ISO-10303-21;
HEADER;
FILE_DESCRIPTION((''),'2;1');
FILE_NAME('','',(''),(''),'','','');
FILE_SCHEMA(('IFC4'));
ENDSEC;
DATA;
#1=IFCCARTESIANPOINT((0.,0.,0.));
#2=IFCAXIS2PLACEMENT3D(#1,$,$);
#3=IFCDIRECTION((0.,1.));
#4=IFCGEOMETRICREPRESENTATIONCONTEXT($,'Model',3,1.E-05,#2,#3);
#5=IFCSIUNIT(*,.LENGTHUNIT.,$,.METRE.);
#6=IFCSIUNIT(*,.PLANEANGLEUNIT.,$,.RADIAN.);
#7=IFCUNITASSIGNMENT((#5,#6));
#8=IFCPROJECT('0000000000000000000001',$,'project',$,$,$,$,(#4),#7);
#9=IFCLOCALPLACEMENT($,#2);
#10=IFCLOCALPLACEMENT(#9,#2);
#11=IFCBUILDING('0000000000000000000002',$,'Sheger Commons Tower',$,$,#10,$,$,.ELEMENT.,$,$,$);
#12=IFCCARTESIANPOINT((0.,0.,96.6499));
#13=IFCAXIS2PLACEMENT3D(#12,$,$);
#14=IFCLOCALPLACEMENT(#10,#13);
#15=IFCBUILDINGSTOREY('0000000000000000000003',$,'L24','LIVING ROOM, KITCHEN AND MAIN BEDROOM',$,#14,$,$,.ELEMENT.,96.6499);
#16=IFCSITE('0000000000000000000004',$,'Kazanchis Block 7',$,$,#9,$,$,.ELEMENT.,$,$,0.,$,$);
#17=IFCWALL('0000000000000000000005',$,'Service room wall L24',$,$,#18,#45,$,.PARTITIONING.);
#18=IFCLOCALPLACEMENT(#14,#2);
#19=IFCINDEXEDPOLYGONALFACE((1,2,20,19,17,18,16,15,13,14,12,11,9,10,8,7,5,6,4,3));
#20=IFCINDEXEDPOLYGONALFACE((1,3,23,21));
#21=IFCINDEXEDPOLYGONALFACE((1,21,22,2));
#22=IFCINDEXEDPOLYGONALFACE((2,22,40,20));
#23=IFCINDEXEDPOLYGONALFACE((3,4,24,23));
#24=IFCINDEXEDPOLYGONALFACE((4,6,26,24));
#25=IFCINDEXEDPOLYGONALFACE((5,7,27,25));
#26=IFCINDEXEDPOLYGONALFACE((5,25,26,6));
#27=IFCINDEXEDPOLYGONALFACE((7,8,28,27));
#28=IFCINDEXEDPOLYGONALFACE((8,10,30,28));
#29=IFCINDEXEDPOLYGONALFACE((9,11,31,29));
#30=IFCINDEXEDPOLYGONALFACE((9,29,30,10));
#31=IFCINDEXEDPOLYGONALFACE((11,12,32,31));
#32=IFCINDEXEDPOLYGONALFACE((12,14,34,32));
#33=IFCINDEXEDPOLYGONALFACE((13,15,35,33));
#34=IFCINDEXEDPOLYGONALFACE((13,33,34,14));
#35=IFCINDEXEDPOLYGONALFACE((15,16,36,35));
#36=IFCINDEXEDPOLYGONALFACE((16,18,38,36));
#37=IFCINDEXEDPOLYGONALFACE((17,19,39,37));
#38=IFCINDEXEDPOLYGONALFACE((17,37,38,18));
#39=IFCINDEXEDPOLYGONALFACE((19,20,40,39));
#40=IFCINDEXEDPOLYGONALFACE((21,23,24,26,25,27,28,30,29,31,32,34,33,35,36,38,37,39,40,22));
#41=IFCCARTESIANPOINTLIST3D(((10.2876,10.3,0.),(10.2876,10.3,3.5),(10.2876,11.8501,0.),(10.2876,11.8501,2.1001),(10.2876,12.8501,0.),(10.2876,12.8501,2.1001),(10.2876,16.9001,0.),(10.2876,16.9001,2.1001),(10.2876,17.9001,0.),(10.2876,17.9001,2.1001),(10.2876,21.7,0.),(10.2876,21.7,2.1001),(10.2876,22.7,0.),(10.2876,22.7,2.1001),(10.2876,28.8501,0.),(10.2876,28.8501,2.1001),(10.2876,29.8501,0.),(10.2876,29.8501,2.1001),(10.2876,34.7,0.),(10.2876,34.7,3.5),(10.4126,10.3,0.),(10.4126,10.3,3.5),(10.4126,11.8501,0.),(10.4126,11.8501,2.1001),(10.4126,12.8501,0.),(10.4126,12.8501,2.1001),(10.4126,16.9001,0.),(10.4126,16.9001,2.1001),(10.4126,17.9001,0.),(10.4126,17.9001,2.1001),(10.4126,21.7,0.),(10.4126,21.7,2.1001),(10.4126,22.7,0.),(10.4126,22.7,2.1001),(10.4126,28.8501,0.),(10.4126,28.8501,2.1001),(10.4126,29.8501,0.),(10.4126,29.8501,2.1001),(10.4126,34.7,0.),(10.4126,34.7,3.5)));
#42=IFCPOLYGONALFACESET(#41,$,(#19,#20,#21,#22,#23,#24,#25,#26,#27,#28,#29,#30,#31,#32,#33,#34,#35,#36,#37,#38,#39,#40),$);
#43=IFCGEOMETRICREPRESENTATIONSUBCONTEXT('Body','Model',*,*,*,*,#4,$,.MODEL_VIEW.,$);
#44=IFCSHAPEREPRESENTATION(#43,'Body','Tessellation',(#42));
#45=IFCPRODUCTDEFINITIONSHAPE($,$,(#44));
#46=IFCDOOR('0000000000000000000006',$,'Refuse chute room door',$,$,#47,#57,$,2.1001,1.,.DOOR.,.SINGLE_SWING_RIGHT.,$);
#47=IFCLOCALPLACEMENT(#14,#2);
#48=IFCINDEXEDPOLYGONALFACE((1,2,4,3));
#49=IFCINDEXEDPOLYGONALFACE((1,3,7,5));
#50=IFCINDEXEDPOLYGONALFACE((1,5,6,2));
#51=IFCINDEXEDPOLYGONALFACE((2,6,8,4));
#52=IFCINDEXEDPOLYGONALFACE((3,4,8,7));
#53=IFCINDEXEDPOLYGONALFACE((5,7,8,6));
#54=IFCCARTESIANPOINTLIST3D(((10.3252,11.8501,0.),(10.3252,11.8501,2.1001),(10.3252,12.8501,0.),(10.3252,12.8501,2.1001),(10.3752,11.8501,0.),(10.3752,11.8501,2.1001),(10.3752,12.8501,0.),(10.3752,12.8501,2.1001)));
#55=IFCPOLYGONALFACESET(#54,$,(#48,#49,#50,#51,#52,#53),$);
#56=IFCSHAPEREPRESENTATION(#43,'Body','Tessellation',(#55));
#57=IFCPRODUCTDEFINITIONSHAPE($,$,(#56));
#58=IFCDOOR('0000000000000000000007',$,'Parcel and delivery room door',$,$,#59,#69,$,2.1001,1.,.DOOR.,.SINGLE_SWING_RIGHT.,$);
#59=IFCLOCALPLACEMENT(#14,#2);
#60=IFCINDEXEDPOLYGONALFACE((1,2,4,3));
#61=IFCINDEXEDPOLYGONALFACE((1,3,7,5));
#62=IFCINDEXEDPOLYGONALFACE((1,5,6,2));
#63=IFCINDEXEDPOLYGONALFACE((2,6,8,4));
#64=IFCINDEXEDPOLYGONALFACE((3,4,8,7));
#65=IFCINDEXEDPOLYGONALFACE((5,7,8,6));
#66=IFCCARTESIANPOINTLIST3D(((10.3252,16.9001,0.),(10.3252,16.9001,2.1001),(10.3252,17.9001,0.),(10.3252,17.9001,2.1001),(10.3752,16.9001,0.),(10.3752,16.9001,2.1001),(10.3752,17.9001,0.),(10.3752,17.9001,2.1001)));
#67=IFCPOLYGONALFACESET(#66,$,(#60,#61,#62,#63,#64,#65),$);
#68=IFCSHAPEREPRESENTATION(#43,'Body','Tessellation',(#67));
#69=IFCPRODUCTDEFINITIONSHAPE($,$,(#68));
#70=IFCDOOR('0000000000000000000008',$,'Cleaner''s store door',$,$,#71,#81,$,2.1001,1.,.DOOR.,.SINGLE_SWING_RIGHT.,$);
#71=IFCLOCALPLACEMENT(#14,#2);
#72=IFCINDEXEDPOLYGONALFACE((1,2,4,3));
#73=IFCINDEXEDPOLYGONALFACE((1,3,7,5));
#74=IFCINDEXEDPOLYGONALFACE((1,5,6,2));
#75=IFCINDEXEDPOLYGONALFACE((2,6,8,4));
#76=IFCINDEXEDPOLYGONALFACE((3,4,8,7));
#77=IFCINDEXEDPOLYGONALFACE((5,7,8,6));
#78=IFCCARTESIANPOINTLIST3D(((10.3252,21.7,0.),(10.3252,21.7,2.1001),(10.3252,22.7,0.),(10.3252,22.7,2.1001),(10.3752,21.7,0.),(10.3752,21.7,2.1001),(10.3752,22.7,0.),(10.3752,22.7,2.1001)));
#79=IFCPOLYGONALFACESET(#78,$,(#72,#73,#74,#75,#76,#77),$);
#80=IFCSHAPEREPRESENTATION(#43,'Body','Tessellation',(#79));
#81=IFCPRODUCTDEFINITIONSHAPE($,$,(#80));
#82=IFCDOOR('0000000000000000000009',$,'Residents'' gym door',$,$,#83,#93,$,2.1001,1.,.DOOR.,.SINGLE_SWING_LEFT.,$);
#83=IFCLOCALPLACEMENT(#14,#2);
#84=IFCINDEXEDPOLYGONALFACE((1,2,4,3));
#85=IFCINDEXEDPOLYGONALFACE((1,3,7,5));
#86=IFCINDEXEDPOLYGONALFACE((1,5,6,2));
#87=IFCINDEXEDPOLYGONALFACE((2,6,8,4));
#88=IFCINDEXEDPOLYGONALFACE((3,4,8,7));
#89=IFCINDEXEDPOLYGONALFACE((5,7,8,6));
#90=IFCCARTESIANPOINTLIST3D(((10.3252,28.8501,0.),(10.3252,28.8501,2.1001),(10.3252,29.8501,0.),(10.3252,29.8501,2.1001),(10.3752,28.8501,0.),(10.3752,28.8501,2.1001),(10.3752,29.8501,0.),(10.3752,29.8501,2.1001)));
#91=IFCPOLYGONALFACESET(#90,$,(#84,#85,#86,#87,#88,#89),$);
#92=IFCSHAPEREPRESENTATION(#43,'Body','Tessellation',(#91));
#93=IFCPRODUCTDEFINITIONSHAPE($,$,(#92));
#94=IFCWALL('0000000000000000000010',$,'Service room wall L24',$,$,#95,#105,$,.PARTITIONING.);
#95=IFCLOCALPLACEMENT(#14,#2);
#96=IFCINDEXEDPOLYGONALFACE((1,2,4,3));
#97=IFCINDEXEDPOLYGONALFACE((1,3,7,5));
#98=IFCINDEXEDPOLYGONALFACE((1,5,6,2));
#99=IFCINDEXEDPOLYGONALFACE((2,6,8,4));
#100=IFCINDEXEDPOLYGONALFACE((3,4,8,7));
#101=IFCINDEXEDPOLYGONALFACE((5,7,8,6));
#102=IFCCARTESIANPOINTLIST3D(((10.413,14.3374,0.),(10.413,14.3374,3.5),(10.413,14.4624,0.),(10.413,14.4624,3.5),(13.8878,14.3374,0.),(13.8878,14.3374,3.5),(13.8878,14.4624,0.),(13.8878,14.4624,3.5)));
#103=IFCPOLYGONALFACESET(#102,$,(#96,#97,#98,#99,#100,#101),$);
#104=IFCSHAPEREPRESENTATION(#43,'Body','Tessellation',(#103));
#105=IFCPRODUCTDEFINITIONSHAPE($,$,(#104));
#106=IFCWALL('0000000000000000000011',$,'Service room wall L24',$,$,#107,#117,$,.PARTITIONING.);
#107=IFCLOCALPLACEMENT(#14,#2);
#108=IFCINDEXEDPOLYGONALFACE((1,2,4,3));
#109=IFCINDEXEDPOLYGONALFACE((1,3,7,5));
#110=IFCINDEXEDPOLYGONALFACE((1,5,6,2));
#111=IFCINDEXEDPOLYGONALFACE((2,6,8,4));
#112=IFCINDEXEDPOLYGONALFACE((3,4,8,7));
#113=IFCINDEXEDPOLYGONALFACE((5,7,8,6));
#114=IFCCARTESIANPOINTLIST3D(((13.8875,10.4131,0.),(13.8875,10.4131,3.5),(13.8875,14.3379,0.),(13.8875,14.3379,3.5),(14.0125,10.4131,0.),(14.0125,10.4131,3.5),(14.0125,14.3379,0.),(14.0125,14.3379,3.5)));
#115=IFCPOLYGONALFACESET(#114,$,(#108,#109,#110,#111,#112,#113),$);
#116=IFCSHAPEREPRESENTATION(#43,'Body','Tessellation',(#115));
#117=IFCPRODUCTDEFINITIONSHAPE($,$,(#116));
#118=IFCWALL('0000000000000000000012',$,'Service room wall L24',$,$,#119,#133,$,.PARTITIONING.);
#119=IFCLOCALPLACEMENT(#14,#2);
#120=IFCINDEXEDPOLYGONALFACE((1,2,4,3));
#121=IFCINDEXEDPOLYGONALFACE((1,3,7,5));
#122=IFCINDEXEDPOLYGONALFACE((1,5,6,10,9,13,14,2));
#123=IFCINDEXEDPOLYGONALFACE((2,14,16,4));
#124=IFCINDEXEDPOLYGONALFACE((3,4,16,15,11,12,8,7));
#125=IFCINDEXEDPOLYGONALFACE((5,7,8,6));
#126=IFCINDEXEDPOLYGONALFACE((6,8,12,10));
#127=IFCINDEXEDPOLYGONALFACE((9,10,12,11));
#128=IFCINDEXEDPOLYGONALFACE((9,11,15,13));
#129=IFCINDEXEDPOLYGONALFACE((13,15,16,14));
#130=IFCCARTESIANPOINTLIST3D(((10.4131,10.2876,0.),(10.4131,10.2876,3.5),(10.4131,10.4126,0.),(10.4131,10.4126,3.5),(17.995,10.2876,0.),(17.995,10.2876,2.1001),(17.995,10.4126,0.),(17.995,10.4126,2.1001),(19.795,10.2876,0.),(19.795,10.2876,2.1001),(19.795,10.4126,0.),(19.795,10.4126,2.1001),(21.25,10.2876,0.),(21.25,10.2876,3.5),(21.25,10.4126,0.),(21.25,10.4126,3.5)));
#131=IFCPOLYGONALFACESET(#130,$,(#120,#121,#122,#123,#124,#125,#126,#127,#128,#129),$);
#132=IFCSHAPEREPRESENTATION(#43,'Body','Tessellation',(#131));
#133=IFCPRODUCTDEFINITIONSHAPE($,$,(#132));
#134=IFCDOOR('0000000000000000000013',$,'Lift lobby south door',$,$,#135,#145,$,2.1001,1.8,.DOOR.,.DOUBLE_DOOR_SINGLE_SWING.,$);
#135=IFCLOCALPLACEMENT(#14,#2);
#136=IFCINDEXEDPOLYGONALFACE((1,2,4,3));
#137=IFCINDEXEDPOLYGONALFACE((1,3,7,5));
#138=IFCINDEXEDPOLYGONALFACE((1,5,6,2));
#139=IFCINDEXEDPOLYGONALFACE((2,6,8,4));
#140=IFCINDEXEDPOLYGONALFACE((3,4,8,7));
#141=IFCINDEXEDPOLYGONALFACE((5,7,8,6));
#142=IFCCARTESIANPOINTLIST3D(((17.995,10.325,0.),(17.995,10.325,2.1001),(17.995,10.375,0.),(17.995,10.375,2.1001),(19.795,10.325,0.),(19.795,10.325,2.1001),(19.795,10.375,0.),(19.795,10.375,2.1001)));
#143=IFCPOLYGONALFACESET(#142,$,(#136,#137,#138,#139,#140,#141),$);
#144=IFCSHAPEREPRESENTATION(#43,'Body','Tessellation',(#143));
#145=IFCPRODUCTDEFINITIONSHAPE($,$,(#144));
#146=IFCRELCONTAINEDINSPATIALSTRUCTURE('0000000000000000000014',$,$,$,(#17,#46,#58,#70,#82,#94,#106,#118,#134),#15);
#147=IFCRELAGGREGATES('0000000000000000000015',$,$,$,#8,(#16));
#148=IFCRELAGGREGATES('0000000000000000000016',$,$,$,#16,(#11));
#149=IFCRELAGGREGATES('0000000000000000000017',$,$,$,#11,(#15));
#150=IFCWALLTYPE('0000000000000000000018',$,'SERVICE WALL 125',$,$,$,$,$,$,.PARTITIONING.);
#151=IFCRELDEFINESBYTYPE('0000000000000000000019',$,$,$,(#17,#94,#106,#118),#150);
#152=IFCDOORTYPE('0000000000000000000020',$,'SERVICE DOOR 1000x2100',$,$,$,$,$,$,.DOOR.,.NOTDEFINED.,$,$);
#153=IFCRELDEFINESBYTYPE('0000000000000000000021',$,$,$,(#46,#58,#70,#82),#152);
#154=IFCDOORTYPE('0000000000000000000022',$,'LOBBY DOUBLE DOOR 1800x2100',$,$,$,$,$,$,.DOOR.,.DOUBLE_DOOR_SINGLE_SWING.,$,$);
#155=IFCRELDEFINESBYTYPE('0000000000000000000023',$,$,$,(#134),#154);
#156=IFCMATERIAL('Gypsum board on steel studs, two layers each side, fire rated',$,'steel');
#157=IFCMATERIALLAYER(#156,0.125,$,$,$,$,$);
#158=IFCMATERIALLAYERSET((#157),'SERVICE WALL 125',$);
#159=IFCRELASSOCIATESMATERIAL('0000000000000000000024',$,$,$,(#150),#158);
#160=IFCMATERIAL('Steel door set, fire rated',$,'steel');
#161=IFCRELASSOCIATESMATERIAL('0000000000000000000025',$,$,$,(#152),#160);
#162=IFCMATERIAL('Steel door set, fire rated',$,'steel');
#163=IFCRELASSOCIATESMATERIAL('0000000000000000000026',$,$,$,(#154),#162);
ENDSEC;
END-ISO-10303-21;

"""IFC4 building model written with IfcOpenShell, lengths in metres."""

from ifc_helpers import new_model, si_unit, direction, frame, frame_2d, origin, place, context, subcontext, project, spatial, rectangle, extrude, material, layer, layer_set, type_object, element, fill, save


model = new_model("IFC4")

# Units and contexts
model_context = context("Model", 3, precision=1e-05, world=origin(), true_north=direction((0.0, 1.0)))
body_context = subcontext(model_context, "Body", "Model", "MODEL_VIEW")
ifc_project = project(units=[si_unit("LENGTHUNIT", "METRE"), si_unit("PLANEANGLEUNIT", "RADIAN")], contexts=[model_context])

# Site, building, storey
site_placement = place(None, origin())
site = spatial("IfcSite", under=ifc_project, at=site_placement, Name="Kazanchis Block 7", CompositionType="ELEMENT", RefElevation=0.0)
building_placement = place(site_placement, origin())
building = spatial("IfcBuilding", under=site, at=building_placement, Name="Sheger Commons Tower", CompositionType="ELEMENT")
storey_placement = place(building_placement, frame((0.0, 0.0, 96.6499)))
storey = spatial("IfcBuildingStorey", under=building, at=storey_placement, Name="L24", Description="LIVING ROOM, KITCHEN AND MAIN BEDROOM", CompositionType="ELEMENT", Elevation=96.6499)

# Wall, openings, doors
ifc_material_1 = material(Name="Gypsum board on steel studs, two layers each side, fire rated", Category="steel")
ifc_layer_1 = layer(ifc_material_1, 0.125)
ifc_layer_set_1 = layer_set([ifc_layer_1], Name="SERVICE WALL 125")
wall_type_1 = type_object("IfcWallType", Name="SERVICE WALL 125", PredefinedType="PARTITIONING", material=ifc_layer_set_1)
wall_1_placement = place(storey_placement, frame((10.3501, 10.3, 0.0), z_axis=(0.0, 0.0, 1.0), x_axis=(0.0, 1.0, 0.0)))
wall_1 = element("IfcWall", 1, at=wall_1_placement, inside=storey, type_object=wall_type_1, Name="Service room wall L24", PredefinedType="PARTITIONING", context=body_context, shape_type="SweptSolid", body=[
    extrude(rectangle(XDim=24.3999, YDim=0.125, at=frame_2d((12.2, 0.0))), origin(), (0.0, 0.0, 1.0), 3.5),
])
opening_1_placement = place(wall_1_placement, frame((1.55, 0.0, 0.0)))
opening_1 = element("IfcOpeningElement", 2, at=opening_1_placement, cuts=wall_1, PredefinedType="OPENING", context=body_context, shape_type="SweptSolid", body=[
    extrude(rectangle(XDim=1.0, YDim=2.1001, at=frame_2d((0.5, 1.05))), frame((0.0, 0.0725, 0.0), z_axis=(0.0, -1.0, 0.0), x_axis=(1.0, 0.0, 0.0)), (0.0, 0.0, 1.0), 0.145),
])
opening_2_placement = place(wall_1_placement, frame((6.6001, 0.0, 0.0)))
opening_2 = element("IfcOpeningElement", 3, at=opening_2_placement, cuts=wall_1, PredefinedType="OPENING", context=body_context, shape_type="SweptSolid", body=[
    extrude(rectangle(XDim=1.0, YDim=2.1001, at=frame_2d((0.5, 1.05))), frame((0.0, 0.0725, 0.0), z_axis=(0.0, -1.0, 0.0), x_axis=(1.0, 0.0, 0.0)), (0.0, 0.0, 1.0), 0.145),
])
opening_3_placement = place(wall_1_placement, frame((11.3999, 0.0, 0.0)))
opening_3 = element("IfcOpeningElement", 4, at=opening_3_placement, cuts=wall_1, PredefinedType="OPENING", context=body_context, shape_type="SweptSolid", body=[
    extrude(rectangle(XDim=1.0, YDim=2.1001, at=frame_2d((0.5, 1.05))), frame((0.0, 0.0725, 0.0), z_axis=(0.0, -1.0, 0.0), x_axis=(1.0, 0.0, 0.0)), (0.0, 0.0, 1.0), 0.145),
])
opening_4_placement = place(wall_1_placement, frame((18.55, 0.0, 0.0)))
opening_4 = element("IfcOpeningElement", 5, at=opening_4_placement, cuts=wall_1, PredefinedType="OPENING", context=body_context, shape_type="SweptSolid", body=[
    extrude(rectangle(XDim=1.0, YDim=2.1001, at=frame_2d((0.5, 1.05))), frame((0.0, 0.0725, 0.0), z_axis=(0.0, -1.0, 0.0), x_axis=(1.0, 0.0, 0.0)), (0.0, 0.0, 1.0), 0.145),
])
ifc_material_2 = material(Name="Steel door set, fire rated", Category="steel")
door_type_1 = type_object("IfcDoorType", Name="SERVICE DOOR 1000x2100", OperationType="NOTDEFINED", PredefinedType="DOOR", material=ifc_material_2)
door_1_placement = place(opening_1_placement, origin())
door_1 = element("IfcDoor", 6, at=door_1_placement, inside=storey, type_object=door_type_1, Name="Refuse chute room door", OperationType="SINGLE_SWING_RIGHT", OverallHeight=2.1001, OverallWidth=1.0, PredefinedType="DOOR", context=body_context, shape_type="SweptSolid", body=[
    extrude(rectangle(XDim=1.0, YDim=2.1001, at=frame_2d((0.5, 1.05))), frame((0.0, 0.0249, 0.0), z_axis=(0.0, -1.0, 0.0), x_axis=(1.0, 0.0, 0.0)), (0.0, 0.0, 1.0), 0.05),
])
fill(opening_1, door_1)
door_2_placement = place(opening_2_placement, origin())
door_2 = element("IfcDoor", 7, at=door_2_placement, inside=storey, type_object=door_type_1, Name="Parcel and delivery room door", OperationType="SINGLE_SWING_RIGHT", OverallHeight=2.1001, OverallWidth=1.0, PredefinedType="DOOR", context=body_context, shape_type="SweptSolid", body=[
    extrude(rectangle(XDim=1.0, YDim=2.1001, at=frame_2d((0.5, 1.05))), frame((0.0, 0.0249, 0.0), z_axis=(0.0, -1.0, 0.0), x_axis=(1.0, 0.0, 0.0)), (0.0, 0.0, 1.0), 0.05),
])
fill(opening_2, door_2)
door_3_placement = place(opening_3_placement, origin())
door_3 = element("IfcDoor", 8, at=door_3_placement, inside=storey, type_object=door_type_1, Name="Cleaner's store door", OperationType="SINGLE_SWING_RIGHT", OverallHeight=2.1001, OverallWidth=1.0, PredefinedType="DOOR", context=body_context, shape_type="SweptSolid", body=[
    extrude(rectangle(XDim=1.0, YDim=2.1001, at=frame_2d((0.5, 1.05))), frame((0.0, 0.0249, 0.0), z_axis=(0.0, -1.0, 0.0), x_axis=(1.0, 0.0, 0.0)), (0.0, 0.0, 1.0), 0.05),
])
fill(opening_3, door_3)
door_4_placement = place(opening_4_placement, origin())
door_4 = element("IfcDoor", 9, at=door_4_placement, inside=storey, type_object=door_type_1, Name="Residents' gym door", OperationType="SINGLE_SWING_LEFT", OverallHeight=2.1001, OverallWidth=1.0, PredefinedType="DOOR", context=body_context, shape_type="SweptSolid", body=[
    extrude(rectangle(XDim=1.0, YDim=2.1001, at=frame_2d((0.5, 1.05))), frame((0.0, 0.0249, 0.0), z_axis=(0.0, -1.0, 0.0), x_axis=(1.0, 0.0, 0.0)), (0.0, 0.0, 1.0), 0.05),
])
fill(opening_4, door_4)

# Walls
wall_2_placement = place(storey_placement, frame((10.4131, 14.3999, 0.0), z_axis=(0.0, 0.0, 1.0), x_axis=(1.0, 0.0, 0.0)))
element("IfcWall", 10, at=wall_2_placement, inside=storey, type_object=wall_type_1, Name="Service room wall L24", PredefinedType="PARTITIONING", context=body_context, shape_type="SweptSolid", body=[
    extrude(rectangle(XDim=3.4749, YDim=0.125, at=frame_2d((1.7373, 0.0))), origin(), (0.0, 0.0, 1.0), 3.5),
])
wall_3_placement = place(storey_placement, frame((13.95, 10.4131, 0.0), z_axis=(0.0, 0.0, 1.0), x_axis=(0.0, 1.0, 0.0)))
element("IfcWall", 11, at=wall_3_placement, inside=storey, type_object=wall_type_1, Name="Service room wall L24", PredefinedType="PARTITIONING", context=body_context, shape_type="SweptSolid", body=[
    extrude(rectangle(XDim=3.9248, YDim=0.125, at=frame_2d((1.9624, 0.0))), origin(), (0.0, 0.0, 1.0), 3.5),
])

# Wall, opening, door
wall_4_placement = place(storey_placement, frame((10.4131, 10.3501, 0.0), z_axis=(0.0, 0.0, 1.0), x_axis=(1.0, 0.0, 0.0)))
wall_4 = element("IfcWall", 12, at=wall_4_placement, inside=storey, type_object=wall_type_1, Name="Service room wall L24", PredefinedType="PARTITIONING", context=body_context, shape_type="SweptSolid", body=[
    extrude(rectangle(XDim=10.8369, YDim=0.125, at=frame_2d((5.4185, 0.0))), origin(), (0.0, 0.0, 1.0), 3.5),
])
opening_5_placement = place(wall_4_placement, frame((7.582, 0.0, 0.0)))
opening_5 = element("IfcOpeningElement", 13, at=opening_5_placement, cuts=wall_4, PredefinedType="OPENING", context=body_context, shape_type="SweptSolid", body=[
    extrude(rectangle(XDim=1.8, YDim=2.1001, at=frame_2d((0.8999, 1.05))), frame((0.0, 0.0725, 0.0), z_axis=(0.0, -1.0, 0.0), x_axis=(1.0, 0.0, 0.0)), (0.0, 0.0, 1.0), 0.145),
])
ifc_material_3 = material(Name="Steel door set, fire rated", Category="steel")
door_type_2 = type_object("IfcDoorType", Name="LOBBY DOUBLE DOOR 1800x2100", OperationType="DOUBLE_DOOR_SINGLE_SWING", PredefinedType="DOOR", material=ifc_material_3)
door_5_placement = place(opening_5_placement, origin())
door_5 = element("IfcDoor", 14, at=door_5_placement, inside=storey, type_object=door_type_2, Name="Lift lobby south door", OperationType="DOUBLE_DOOR_SINGLE_SWING", OverallHeight=2.1001, OverallWidth=1.8, PredefinedType="DOOR", context=body_context, shape_type="SweptSolid", body=[
    extrude(rectangle(XDim=1.8, YDim=2.1001, at=frame_2d((0.8999, 1.05))), frame((0.0, 0.0249, 0.0), z_axis=(0.0, -1.0, 0.0), x_axis=(1.0, 0.0, 0.0)), (0.0, 0.0, 1.0), 0.05),
])
fill(opening_5, door_5)

save(model, "model.ifc")
